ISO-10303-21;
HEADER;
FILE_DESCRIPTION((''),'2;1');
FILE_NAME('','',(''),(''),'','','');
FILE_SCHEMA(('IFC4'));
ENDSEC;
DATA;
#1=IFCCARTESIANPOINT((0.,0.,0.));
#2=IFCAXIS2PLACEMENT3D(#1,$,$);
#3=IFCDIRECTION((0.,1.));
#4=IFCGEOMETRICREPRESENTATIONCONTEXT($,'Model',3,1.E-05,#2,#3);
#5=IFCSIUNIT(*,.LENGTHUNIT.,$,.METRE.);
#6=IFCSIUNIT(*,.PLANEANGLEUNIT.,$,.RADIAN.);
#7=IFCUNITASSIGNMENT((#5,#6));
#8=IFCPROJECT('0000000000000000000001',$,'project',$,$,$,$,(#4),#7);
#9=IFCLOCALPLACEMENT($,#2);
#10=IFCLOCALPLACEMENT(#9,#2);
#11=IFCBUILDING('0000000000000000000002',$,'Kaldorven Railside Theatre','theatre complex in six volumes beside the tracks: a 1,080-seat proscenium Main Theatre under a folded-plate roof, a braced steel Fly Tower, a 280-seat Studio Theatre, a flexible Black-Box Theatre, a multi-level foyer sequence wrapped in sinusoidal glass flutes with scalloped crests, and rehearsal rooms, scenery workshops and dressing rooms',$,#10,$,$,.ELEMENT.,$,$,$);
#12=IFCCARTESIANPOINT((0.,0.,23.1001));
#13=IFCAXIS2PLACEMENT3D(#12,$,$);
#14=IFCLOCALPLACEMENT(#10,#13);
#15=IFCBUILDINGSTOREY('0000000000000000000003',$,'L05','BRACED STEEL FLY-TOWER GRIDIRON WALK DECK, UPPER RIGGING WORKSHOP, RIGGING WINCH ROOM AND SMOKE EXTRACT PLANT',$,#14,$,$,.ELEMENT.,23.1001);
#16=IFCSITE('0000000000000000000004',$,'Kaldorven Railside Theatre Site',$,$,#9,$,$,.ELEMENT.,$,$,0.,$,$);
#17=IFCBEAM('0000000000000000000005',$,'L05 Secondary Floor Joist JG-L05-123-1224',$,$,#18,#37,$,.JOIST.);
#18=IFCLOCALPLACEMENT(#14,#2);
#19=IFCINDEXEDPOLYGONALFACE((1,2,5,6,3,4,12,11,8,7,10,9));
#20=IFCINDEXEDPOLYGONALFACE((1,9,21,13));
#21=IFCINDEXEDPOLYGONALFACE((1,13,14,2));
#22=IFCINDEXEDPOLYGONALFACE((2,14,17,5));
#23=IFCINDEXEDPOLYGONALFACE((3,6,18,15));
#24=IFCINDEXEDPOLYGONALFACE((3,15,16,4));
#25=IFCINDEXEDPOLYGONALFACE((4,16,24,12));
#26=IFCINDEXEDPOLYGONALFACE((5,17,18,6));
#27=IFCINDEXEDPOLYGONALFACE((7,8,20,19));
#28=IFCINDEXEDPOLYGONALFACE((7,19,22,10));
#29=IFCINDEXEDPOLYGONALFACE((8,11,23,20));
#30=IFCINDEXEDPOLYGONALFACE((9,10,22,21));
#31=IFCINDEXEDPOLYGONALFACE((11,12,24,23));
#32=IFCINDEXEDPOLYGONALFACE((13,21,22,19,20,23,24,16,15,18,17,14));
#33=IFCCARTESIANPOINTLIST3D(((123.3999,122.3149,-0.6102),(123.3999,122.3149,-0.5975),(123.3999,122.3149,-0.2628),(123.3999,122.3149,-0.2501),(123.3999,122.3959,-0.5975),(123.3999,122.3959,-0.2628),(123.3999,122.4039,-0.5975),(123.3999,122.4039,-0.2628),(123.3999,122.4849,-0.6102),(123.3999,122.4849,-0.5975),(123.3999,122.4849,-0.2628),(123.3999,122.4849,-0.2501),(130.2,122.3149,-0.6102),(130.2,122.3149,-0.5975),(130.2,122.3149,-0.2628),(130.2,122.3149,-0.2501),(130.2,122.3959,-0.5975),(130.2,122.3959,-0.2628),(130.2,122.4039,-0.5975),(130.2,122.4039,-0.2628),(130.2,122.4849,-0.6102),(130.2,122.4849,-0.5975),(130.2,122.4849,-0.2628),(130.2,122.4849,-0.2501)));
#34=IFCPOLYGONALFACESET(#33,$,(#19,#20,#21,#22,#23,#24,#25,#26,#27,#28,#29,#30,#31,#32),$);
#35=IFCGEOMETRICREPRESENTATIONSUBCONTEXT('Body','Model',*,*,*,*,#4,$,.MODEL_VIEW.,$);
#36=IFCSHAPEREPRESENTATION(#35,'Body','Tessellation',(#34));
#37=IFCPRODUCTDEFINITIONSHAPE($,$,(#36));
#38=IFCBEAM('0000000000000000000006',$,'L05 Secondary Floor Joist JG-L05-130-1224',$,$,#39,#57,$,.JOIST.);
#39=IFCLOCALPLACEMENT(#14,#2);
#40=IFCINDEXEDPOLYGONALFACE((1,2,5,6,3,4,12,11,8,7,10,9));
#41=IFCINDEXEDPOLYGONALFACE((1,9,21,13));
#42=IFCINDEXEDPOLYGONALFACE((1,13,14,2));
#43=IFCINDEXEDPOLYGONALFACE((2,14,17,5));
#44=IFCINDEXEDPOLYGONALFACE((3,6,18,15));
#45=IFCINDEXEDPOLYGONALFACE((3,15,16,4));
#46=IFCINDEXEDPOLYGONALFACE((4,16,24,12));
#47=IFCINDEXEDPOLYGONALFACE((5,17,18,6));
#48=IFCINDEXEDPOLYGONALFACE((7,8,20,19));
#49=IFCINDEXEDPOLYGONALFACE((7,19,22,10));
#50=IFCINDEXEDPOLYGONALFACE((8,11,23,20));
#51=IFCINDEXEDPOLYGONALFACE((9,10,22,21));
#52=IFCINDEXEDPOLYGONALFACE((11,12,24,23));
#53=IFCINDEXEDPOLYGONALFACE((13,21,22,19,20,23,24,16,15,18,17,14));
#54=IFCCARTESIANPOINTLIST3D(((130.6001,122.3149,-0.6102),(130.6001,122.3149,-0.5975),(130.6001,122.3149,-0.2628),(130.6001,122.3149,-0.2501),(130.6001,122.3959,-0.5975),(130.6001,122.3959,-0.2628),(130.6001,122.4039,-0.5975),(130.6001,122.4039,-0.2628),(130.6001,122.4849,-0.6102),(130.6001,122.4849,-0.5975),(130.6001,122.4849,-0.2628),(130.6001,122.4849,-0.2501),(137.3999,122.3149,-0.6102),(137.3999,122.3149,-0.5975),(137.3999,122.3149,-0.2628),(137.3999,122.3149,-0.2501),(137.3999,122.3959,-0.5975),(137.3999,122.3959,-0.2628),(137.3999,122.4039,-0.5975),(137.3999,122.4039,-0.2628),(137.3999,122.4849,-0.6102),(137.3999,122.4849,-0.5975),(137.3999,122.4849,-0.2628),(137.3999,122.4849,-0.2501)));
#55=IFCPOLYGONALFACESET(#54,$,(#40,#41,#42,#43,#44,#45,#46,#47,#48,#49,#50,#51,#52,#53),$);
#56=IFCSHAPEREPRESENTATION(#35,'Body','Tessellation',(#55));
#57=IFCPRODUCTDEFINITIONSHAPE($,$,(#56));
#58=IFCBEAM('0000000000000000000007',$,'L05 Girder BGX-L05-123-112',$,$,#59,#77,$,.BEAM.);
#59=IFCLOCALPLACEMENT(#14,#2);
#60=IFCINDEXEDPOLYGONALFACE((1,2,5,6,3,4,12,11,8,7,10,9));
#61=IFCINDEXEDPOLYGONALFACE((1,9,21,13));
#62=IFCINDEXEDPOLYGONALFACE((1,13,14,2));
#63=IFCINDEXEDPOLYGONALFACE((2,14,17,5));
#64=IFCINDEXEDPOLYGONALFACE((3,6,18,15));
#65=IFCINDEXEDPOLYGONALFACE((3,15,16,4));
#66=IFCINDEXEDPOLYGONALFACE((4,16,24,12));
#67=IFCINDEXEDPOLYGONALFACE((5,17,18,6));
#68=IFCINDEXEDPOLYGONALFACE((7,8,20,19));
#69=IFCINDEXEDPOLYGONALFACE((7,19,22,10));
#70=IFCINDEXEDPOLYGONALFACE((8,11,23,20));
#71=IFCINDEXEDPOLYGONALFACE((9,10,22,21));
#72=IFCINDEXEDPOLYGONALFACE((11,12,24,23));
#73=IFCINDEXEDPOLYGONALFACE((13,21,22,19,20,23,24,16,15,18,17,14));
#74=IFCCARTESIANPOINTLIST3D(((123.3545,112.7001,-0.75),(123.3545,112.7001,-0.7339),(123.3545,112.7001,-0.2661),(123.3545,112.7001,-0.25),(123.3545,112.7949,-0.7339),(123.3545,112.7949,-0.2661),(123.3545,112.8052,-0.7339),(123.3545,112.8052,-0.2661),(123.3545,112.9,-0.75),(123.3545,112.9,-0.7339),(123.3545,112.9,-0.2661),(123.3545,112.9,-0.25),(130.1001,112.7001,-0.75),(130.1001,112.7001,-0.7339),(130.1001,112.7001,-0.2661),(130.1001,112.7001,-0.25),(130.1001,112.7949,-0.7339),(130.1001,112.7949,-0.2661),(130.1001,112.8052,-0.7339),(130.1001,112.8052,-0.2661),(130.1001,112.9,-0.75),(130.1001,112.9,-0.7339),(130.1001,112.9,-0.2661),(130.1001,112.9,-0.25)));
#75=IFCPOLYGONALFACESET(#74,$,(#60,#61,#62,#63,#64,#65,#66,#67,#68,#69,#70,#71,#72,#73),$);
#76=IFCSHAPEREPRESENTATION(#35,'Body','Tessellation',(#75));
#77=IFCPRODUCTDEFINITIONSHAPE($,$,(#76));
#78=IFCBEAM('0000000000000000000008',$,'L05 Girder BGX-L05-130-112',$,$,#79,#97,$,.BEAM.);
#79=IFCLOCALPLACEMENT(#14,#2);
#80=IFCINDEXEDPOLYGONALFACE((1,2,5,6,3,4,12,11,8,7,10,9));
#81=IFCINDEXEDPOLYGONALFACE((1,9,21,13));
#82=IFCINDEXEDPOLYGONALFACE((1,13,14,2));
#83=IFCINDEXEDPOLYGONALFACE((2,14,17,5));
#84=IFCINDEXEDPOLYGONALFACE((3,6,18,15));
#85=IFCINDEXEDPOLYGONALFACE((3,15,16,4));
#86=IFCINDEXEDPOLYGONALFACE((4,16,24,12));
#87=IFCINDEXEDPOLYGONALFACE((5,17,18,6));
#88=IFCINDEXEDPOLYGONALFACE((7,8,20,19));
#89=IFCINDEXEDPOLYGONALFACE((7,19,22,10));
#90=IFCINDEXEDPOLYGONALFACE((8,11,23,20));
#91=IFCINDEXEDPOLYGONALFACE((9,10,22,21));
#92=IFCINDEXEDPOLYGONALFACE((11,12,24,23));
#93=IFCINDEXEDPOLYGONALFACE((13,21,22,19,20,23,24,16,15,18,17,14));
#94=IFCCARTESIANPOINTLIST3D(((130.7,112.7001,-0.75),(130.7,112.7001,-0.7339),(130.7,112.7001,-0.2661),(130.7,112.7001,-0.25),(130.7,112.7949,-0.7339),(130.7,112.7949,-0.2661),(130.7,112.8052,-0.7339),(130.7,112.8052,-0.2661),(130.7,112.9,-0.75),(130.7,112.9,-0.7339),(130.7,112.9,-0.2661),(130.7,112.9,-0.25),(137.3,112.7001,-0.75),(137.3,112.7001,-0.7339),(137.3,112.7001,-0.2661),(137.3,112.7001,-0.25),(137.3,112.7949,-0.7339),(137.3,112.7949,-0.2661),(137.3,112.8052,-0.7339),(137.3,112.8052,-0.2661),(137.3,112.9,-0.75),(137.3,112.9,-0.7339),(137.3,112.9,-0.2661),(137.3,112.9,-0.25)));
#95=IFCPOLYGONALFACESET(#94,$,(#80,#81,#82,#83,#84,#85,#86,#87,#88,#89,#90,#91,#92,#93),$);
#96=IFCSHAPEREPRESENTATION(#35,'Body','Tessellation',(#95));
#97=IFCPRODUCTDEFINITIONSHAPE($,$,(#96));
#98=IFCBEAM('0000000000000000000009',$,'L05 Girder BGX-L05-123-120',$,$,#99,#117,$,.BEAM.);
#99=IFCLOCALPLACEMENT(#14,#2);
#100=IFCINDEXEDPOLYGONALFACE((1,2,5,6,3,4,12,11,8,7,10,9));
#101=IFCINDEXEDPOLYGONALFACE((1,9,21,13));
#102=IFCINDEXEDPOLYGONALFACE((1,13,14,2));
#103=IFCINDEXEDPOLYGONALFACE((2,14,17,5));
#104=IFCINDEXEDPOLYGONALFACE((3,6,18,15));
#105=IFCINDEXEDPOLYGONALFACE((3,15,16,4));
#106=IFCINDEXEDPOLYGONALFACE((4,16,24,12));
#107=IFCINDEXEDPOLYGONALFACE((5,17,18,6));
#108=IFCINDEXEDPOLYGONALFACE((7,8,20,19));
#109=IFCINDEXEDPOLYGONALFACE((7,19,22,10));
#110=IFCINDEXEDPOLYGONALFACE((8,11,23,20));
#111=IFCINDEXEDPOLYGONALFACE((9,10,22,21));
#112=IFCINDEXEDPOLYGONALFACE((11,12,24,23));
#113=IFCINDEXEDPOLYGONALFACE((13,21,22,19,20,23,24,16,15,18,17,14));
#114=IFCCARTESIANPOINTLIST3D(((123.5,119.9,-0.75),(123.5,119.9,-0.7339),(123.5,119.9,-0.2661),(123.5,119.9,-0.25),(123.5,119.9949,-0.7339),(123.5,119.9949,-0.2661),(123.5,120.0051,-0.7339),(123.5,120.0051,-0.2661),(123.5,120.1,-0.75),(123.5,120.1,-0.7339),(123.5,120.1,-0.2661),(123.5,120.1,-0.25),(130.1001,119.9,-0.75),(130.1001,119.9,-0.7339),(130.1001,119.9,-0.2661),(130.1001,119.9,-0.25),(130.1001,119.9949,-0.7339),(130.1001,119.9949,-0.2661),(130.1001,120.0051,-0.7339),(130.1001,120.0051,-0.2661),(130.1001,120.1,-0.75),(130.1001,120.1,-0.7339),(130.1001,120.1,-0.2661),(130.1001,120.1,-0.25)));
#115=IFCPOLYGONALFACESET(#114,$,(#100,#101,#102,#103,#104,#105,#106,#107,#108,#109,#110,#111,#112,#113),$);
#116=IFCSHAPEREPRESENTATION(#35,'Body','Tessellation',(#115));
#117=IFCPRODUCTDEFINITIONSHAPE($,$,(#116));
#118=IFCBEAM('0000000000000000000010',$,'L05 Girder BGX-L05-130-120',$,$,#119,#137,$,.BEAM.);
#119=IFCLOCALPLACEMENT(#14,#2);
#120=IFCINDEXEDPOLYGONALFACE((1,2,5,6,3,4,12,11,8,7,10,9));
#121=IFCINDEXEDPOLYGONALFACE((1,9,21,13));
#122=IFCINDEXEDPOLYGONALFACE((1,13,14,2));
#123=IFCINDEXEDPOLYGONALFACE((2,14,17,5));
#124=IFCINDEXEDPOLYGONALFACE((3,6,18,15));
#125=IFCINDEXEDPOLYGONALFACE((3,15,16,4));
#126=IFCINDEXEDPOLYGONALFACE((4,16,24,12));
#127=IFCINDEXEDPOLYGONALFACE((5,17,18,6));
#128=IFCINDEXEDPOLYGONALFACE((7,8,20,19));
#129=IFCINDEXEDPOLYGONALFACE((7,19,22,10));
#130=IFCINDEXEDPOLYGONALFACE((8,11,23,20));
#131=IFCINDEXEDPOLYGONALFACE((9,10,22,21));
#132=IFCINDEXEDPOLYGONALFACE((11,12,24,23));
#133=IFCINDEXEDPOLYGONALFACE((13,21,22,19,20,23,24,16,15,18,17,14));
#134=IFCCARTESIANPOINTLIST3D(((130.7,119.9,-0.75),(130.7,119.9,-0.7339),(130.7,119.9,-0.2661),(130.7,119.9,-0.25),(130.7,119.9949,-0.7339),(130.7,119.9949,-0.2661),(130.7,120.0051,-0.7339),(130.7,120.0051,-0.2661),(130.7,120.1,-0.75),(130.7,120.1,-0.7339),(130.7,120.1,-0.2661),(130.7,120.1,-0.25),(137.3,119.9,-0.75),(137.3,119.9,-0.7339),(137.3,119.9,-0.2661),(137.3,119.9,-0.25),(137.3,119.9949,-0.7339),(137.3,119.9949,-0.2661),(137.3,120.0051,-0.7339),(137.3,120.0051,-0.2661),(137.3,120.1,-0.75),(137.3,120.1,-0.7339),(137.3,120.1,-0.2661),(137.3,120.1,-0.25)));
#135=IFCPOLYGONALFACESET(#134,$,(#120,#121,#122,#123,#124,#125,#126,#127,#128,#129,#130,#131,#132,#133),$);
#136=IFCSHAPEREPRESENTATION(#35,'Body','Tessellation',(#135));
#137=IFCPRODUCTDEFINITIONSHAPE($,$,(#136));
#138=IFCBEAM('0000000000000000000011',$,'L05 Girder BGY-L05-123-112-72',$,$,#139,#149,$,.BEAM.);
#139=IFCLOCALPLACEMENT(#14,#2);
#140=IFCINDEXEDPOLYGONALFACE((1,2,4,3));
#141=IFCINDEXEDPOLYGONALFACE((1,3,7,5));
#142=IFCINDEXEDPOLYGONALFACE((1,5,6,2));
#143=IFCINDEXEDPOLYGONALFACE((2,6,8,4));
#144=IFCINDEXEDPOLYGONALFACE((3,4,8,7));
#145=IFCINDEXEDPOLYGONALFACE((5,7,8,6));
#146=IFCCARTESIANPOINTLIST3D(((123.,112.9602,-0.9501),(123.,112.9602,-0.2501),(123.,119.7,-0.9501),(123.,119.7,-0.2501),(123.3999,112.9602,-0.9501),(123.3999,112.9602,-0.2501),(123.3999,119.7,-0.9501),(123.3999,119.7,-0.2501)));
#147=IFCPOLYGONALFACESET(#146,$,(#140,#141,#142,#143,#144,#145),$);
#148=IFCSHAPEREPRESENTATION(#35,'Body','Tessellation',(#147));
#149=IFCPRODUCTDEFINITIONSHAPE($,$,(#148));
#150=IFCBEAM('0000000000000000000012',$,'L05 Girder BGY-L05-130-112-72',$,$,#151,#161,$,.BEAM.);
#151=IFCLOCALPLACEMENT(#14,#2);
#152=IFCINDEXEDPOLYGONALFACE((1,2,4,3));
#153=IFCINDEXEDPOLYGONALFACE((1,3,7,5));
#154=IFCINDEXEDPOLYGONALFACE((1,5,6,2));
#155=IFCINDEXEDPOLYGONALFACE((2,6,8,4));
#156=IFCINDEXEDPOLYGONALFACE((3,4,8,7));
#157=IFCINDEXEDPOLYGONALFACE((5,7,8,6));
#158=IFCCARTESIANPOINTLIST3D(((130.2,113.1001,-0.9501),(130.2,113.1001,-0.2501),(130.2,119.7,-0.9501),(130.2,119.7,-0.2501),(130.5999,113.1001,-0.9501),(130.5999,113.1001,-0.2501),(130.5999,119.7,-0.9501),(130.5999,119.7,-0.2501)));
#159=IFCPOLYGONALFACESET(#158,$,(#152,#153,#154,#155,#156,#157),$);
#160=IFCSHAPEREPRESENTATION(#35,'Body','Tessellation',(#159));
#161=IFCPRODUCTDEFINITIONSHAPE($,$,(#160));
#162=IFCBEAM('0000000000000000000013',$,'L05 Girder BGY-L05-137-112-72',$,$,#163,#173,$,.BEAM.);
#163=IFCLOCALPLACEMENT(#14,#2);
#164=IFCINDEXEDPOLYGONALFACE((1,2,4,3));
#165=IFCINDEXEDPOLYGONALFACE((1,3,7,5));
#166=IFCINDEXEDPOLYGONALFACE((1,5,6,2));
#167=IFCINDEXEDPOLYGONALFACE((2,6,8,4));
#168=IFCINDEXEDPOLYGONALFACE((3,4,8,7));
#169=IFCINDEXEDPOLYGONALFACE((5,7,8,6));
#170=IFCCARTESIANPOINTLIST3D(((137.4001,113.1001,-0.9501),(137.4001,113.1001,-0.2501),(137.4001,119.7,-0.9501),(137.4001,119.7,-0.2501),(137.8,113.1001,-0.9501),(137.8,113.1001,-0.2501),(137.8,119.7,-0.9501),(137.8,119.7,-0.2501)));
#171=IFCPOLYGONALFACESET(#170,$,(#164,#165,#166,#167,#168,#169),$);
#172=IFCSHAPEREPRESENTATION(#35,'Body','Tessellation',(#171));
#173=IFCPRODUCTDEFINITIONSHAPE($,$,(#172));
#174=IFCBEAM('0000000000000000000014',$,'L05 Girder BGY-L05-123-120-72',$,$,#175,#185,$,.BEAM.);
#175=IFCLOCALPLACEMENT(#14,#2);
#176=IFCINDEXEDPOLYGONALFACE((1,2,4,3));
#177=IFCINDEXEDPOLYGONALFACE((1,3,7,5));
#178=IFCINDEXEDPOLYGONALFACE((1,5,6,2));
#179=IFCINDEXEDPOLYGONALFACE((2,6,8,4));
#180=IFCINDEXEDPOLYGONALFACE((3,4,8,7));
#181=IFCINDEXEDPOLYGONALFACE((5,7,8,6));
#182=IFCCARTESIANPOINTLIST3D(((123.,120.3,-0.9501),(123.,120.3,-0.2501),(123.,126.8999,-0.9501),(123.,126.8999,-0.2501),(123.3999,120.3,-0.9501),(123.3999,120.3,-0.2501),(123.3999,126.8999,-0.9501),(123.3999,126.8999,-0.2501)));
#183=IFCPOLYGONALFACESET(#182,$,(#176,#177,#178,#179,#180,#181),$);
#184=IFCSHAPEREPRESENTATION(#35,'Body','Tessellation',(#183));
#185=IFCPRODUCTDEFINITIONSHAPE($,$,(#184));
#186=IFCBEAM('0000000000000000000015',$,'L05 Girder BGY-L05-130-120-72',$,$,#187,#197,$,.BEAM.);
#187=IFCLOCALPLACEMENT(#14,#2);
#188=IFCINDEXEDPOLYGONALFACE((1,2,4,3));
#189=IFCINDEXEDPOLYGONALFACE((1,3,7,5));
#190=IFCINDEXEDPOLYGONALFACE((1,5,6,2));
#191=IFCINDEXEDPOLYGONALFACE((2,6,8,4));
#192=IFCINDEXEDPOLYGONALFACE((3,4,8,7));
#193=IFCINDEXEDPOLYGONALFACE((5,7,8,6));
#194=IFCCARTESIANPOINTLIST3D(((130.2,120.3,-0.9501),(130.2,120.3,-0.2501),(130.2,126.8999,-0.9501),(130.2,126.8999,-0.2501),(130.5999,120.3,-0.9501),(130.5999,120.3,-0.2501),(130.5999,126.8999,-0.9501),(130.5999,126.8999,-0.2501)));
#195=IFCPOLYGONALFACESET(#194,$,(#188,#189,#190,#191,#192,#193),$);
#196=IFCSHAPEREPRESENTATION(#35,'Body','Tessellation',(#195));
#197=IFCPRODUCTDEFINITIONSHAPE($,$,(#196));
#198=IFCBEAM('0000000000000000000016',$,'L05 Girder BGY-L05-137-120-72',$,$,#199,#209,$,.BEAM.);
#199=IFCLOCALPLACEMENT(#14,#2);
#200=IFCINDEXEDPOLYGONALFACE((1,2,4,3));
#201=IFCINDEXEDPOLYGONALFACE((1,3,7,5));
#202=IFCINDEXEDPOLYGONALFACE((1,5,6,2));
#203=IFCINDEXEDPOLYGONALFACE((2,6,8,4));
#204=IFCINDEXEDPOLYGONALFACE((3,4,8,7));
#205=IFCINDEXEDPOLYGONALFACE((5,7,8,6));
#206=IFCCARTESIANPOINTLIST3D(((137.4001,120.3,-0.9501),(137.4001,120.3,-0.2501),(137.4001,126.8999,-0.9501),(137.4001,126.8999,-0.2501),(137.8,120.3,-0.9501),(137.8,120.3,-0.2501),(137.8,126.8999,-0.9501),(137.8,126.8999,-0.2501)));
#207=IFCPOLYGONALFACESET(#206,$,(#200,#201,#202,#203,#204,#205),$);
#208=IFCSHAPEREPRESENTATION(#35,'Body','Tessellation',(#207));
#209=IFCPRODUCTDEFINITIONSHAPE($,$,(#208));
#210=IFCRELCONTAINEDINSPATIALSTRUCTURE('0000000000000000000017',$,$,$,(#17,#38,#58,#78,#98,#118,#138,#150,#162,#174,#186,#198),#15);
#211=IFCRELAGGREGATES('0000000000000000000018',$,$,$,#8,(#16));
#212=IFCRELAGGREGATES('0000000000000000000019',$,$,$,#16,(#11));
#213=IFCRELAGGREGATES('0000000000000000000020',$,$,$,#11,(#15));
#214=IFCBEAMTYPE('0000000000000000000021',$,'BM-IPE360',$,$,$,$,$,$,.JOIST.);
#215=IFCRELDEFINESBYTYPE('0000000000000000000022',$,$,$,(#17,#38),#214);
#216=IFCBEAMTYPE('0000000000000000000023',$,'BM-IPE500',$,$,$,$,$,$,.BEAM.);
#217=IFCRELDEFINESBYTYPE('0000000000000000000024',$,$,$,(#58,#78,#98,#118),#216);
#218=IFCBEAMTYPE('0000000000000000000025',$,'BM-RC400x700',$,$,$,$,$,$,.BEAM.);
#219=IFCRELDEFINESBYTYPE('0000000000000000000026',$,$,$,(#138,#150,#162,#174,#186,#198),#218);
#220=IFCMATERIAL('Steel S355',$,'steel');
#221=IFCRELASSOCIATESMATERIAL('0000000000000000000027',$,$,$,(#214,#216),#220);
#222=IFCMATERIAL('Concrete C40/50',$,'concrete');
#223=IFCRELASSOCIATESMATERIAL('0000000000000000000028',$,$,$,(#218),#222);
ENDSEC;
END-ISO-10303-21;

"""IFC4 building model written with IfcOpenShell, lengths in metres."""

from ifc_helpers import new_model, si_unit, direction, frame, origin, origin_2d, place, context, subcontext, project, spatial, rectangle, i_section, extrude, material, material_profile, profile_set, type_object, element, save


model = new_model("IFC4")

# Units and contexts
model_context = context("Model", 3, precision=1e-05, world=origin(), true_north=direction((0.0, 1.0)))
body_context = subcontext(model_context, "Body", "Model", "MODEL_VIEW")
ifc_project = project(units=[si_unit("LENGTHUNIT", "METRE"), si_unit("PLANEANGLEUNIT", "RADIAN")], contexts=[model_context])

# Site, building, storey
site_placement = place(None, origin())
site = spatial("IfcSite", under=ifc_project, at=site_placement, Name="Kaldorven Railside Theatre Site", CompositionType="ELEMENT", RefElevation=0.0)
building_placement = place(site_placement, origin())
building = spatial("IfcBuilding", under=site, at=building_placement, Name="Kaldorven Railside Theatre", Description="theatre complex in six volumes beside the tracks: a 1,080-seat proscenium Main Theatre under a folded-plate roof, a braced steel Fly Tower, a 280-seat Studio Theatre, a flexible Black-Box Theatre, a multi-level foyer sequence wrapped in sinusoidal glass flutes with scalloped crests, and rehearsal rooms, scenery workshops and dressing rooms", CompositionType="ELEMENT")
storey_placement = place(building_placement, frame((0.0, 0.0, 23.1001)))
storey = spatial("IfcBuildingStorey", under=building, at=storey_placement, Name="L05", Description="BRACED STEEL FLY-TOWER GRIDIRON WALK DECK, UPPER RIGGING WORKSHOP, RIGGING WINCH ROOM AND SMOKE EXTRACT PLANT", CompositionType="ELEMENT", Elevation=23.1001)

# Shared definitions
ifc_material_1 = material(Name="Concrete C40/50", Category="concrete")
ifc_material_2 = material(Name="Steel S355", Category="steel")

# Beams
ifc_material_profile_1 = material_profile(ifc_material_2, i_section(OverallWidth=0.1699, OverallDepth=0.3601, WebThickness=0.0081, FlangeThickness=0.0127, at=origin_2d()), Name="IPE 360")
ifc_profile_set_1 = profile_set([ifc_material_profile_1], Name="Steel S355")
beam_type_1 = type_object("IfcBeamType", Name="BM-IPE360", PredefinedType="JOIST", material=ifc_profile_set_1)
beam_1_placement = place(storey_placement, frame((123.3999, 122.3999, -0.4302), z_axis=(1.0, 0.0, 0.0), x_axis=(0.0, 1.0, 0.0)))
element("IfcBeam", 1, at=beam_1_placement, inside=storey, type_object=beam_type_1, Name="L05 Secondary Floor Joist JG-L05-123-1224", PredefinedType="JOIST", context=body_context, shape_type="SweptSolid", body=[
    extrude(i_section(OverallWidth=0.1699, OverallDepth=0.3601, WebThickness=0.0081, FlangeThickness=0.0127, at=origin_2d()), origin(), (0.0, 0.0, 1.0), 6.8),
])
beam_2_placement = place(storey_placement, frame((130.6001, 122.3999, -0.4302), z_axis=(1.0, 0.0, 0.0), x_axis=(0.0, 1.0, 0.0)))
element("IfcBeam", 2, at=beam_2_placement, inside=storey, type_object=beam_type_1, Name="L05 Secondary Floor Joist JG-L05-130-1224", PredefinedType="JOIST", context=body_context, shape_type="SweptSolid", body=[
    extrude(i_section(OverallWidth=0.1699, OverallDepth=0.3601, WebThickness=0.0081, FlangeThickness=0.0127, at=origin_2d()), origin(), (0.0, 0.0, 1.0), 6.7998),
])
ifc_material_profile_2 = material_profile(ifc_material_2, i_section(OverallWidth=0.2, OverallDepth=0.5, WebThickness=0.0103, FlangeThickness=0.0161, at=origin_2d()), Name="IPE 500")
ifc_profile_set_2 = profile_set([ifc_material_profile_2], Name="Steel S355")
beam_type_2 = type_object("IfcBeamType", Name="BM-IPE500", PredefinedType="BEAM", material=ifc_profile_set_2)
beam_3_placement = place(storey_placement, frame((123.3545, 112.8, -0.5), z_axis=(1.0, 0.0, 0.0), x_axis=(0.0, 1.0, 0.0)))
element("IfcBeam", 3, at=beam_3_placement, inside=storey, type_object=beam_type_2, Name="L05 Girder BGX-L05-123-112", PredefinedType="BEAM", context=body_context, shape_type="SweptSolid", body=[
    extrude(i_section(OverallWidth=0.2, OverallDepth=0.5, WebThickness=0.0103, FlangeThickness=0.0161, at=origin_2d()), origin(), (0.0, 0.0, 1.0), 6.7456),
])
for number, where, z_axis, x_axis, name in (
    (4, (130.7, 112.8, -0.5), (1.0, 0.0, 0.0), (0.0, 1.0, 0.0), "L05 Girder BGX-L05-130-112"),
    (5, (123.5, 120.0, -0.5), (1.0, 0.0, 0.0), (0.0, 1.0, 0.0), "L05 Girder BGX-L05-123-120"),
    (6, (130.7, 120.0, -0.5), (1.0, 0.0, 0.0), (0.0, 1.0, 0.0), "L05 Girder BGX-L05-130-120"),
):
    element("IfcBeam", number, at=place(storey_placement, frame(where, z_axis=z_axis, x_axis=x_axis)), inside=storey, type_object=beam_type_2, Name=name, PredefinedType="BEAM", context=body_context, shape_type="SweptSolid", body=[
        extrude(i_section(OverallWidth=0.2, OverallDepth=0.5, WebThickness=0.0103, FlangeThickness=0.0161, at=origin_2d()), origin(), (0.0, 0.0, 1.0), 6.6001),
    ])
ifc_material_profile_3 = material_profile(ifc_material_1, rectangle(XDim=0.3999, YDim=0.7, at=origin_2d()), Name="RC 400x700")
ifc_profile_set_3 = profile_set([ifc_material_profile_3], Name="Concrete C40/50")
beam_type_3 = type_object("IfcBeamType", Name="BM-RC400x700", PredefinedType="BEAM", material=ifc_profile_set_3)
beam_4_placement = place(storey_placement, frame((123.2, 112.9602, -0.6001), z_axis=(0.0, 1.0, 0.0), x_axis=(-1.0, 0.0, 0.0)))
element("IfcBeam", 7, at=beam_4_placement, inside=storey, type_object=beam_type_3, Name="L05 Girder BGY-L05-123-112-72", PredefinedType="BEAM", context=body_context, shape_type="SweptSolid", body=[
    extrude(rectangle(XDim=0.3999, YDim=0.7, at=origin_2d()), origin(), (0.0, 0.0, 1.0), 6.7397),
])
for number, where, z_axis, x_axis, name in (
    (8, (130.3999, 113.1001, -0.6001), (0.0, 1.0, 0.0), (-1.0, 0.0, 0.0), "L05 Girder BGY-L05-130-112-72"),
    (9, (137.6001, 113.1001, -0.6001), (0.0, 1.0, 0.0), (-1.0, 0.0, 0.0), "L05 Girder BGY-L05-137-112-72"),
    (10, (123.2, 120.3, -0.6001), (0.0, 1.0, 0.0), (-1.0, 0.0, 0.0), "L05 Girder BGY-L05-123-120-72"),
    (11, (130.3999, 120.3, -0.6001), (0.0, 1.0, 0.0), (-1.0, 0.0, 0.0), "L05 Girder BGY-L05-130-120-72"),
    (12, (137.6001, 120.3, -0.6001), (0.0, 1.0, 0.0), (-1.0, 0.0, 0.0), "L05 Girder BGY-L05-137-120-72"),
):
    element("IfcBeam", number, at=place(storey_placement, frame(where, z_axis=z_axis, x_axis=x_axis)), inside=storey, type_object=beam_type_3, Name=name, PredefinedType="BEAM", context=body_context, shape_type="SweptSolid", body=[
        extrude(rectangle(XDim=0.3999, YDim=0.7, at=origin_2d()), origin(), (0.0, 0.0, 1.0), 6.5999),
    ])

save(model, "model.ifc")
